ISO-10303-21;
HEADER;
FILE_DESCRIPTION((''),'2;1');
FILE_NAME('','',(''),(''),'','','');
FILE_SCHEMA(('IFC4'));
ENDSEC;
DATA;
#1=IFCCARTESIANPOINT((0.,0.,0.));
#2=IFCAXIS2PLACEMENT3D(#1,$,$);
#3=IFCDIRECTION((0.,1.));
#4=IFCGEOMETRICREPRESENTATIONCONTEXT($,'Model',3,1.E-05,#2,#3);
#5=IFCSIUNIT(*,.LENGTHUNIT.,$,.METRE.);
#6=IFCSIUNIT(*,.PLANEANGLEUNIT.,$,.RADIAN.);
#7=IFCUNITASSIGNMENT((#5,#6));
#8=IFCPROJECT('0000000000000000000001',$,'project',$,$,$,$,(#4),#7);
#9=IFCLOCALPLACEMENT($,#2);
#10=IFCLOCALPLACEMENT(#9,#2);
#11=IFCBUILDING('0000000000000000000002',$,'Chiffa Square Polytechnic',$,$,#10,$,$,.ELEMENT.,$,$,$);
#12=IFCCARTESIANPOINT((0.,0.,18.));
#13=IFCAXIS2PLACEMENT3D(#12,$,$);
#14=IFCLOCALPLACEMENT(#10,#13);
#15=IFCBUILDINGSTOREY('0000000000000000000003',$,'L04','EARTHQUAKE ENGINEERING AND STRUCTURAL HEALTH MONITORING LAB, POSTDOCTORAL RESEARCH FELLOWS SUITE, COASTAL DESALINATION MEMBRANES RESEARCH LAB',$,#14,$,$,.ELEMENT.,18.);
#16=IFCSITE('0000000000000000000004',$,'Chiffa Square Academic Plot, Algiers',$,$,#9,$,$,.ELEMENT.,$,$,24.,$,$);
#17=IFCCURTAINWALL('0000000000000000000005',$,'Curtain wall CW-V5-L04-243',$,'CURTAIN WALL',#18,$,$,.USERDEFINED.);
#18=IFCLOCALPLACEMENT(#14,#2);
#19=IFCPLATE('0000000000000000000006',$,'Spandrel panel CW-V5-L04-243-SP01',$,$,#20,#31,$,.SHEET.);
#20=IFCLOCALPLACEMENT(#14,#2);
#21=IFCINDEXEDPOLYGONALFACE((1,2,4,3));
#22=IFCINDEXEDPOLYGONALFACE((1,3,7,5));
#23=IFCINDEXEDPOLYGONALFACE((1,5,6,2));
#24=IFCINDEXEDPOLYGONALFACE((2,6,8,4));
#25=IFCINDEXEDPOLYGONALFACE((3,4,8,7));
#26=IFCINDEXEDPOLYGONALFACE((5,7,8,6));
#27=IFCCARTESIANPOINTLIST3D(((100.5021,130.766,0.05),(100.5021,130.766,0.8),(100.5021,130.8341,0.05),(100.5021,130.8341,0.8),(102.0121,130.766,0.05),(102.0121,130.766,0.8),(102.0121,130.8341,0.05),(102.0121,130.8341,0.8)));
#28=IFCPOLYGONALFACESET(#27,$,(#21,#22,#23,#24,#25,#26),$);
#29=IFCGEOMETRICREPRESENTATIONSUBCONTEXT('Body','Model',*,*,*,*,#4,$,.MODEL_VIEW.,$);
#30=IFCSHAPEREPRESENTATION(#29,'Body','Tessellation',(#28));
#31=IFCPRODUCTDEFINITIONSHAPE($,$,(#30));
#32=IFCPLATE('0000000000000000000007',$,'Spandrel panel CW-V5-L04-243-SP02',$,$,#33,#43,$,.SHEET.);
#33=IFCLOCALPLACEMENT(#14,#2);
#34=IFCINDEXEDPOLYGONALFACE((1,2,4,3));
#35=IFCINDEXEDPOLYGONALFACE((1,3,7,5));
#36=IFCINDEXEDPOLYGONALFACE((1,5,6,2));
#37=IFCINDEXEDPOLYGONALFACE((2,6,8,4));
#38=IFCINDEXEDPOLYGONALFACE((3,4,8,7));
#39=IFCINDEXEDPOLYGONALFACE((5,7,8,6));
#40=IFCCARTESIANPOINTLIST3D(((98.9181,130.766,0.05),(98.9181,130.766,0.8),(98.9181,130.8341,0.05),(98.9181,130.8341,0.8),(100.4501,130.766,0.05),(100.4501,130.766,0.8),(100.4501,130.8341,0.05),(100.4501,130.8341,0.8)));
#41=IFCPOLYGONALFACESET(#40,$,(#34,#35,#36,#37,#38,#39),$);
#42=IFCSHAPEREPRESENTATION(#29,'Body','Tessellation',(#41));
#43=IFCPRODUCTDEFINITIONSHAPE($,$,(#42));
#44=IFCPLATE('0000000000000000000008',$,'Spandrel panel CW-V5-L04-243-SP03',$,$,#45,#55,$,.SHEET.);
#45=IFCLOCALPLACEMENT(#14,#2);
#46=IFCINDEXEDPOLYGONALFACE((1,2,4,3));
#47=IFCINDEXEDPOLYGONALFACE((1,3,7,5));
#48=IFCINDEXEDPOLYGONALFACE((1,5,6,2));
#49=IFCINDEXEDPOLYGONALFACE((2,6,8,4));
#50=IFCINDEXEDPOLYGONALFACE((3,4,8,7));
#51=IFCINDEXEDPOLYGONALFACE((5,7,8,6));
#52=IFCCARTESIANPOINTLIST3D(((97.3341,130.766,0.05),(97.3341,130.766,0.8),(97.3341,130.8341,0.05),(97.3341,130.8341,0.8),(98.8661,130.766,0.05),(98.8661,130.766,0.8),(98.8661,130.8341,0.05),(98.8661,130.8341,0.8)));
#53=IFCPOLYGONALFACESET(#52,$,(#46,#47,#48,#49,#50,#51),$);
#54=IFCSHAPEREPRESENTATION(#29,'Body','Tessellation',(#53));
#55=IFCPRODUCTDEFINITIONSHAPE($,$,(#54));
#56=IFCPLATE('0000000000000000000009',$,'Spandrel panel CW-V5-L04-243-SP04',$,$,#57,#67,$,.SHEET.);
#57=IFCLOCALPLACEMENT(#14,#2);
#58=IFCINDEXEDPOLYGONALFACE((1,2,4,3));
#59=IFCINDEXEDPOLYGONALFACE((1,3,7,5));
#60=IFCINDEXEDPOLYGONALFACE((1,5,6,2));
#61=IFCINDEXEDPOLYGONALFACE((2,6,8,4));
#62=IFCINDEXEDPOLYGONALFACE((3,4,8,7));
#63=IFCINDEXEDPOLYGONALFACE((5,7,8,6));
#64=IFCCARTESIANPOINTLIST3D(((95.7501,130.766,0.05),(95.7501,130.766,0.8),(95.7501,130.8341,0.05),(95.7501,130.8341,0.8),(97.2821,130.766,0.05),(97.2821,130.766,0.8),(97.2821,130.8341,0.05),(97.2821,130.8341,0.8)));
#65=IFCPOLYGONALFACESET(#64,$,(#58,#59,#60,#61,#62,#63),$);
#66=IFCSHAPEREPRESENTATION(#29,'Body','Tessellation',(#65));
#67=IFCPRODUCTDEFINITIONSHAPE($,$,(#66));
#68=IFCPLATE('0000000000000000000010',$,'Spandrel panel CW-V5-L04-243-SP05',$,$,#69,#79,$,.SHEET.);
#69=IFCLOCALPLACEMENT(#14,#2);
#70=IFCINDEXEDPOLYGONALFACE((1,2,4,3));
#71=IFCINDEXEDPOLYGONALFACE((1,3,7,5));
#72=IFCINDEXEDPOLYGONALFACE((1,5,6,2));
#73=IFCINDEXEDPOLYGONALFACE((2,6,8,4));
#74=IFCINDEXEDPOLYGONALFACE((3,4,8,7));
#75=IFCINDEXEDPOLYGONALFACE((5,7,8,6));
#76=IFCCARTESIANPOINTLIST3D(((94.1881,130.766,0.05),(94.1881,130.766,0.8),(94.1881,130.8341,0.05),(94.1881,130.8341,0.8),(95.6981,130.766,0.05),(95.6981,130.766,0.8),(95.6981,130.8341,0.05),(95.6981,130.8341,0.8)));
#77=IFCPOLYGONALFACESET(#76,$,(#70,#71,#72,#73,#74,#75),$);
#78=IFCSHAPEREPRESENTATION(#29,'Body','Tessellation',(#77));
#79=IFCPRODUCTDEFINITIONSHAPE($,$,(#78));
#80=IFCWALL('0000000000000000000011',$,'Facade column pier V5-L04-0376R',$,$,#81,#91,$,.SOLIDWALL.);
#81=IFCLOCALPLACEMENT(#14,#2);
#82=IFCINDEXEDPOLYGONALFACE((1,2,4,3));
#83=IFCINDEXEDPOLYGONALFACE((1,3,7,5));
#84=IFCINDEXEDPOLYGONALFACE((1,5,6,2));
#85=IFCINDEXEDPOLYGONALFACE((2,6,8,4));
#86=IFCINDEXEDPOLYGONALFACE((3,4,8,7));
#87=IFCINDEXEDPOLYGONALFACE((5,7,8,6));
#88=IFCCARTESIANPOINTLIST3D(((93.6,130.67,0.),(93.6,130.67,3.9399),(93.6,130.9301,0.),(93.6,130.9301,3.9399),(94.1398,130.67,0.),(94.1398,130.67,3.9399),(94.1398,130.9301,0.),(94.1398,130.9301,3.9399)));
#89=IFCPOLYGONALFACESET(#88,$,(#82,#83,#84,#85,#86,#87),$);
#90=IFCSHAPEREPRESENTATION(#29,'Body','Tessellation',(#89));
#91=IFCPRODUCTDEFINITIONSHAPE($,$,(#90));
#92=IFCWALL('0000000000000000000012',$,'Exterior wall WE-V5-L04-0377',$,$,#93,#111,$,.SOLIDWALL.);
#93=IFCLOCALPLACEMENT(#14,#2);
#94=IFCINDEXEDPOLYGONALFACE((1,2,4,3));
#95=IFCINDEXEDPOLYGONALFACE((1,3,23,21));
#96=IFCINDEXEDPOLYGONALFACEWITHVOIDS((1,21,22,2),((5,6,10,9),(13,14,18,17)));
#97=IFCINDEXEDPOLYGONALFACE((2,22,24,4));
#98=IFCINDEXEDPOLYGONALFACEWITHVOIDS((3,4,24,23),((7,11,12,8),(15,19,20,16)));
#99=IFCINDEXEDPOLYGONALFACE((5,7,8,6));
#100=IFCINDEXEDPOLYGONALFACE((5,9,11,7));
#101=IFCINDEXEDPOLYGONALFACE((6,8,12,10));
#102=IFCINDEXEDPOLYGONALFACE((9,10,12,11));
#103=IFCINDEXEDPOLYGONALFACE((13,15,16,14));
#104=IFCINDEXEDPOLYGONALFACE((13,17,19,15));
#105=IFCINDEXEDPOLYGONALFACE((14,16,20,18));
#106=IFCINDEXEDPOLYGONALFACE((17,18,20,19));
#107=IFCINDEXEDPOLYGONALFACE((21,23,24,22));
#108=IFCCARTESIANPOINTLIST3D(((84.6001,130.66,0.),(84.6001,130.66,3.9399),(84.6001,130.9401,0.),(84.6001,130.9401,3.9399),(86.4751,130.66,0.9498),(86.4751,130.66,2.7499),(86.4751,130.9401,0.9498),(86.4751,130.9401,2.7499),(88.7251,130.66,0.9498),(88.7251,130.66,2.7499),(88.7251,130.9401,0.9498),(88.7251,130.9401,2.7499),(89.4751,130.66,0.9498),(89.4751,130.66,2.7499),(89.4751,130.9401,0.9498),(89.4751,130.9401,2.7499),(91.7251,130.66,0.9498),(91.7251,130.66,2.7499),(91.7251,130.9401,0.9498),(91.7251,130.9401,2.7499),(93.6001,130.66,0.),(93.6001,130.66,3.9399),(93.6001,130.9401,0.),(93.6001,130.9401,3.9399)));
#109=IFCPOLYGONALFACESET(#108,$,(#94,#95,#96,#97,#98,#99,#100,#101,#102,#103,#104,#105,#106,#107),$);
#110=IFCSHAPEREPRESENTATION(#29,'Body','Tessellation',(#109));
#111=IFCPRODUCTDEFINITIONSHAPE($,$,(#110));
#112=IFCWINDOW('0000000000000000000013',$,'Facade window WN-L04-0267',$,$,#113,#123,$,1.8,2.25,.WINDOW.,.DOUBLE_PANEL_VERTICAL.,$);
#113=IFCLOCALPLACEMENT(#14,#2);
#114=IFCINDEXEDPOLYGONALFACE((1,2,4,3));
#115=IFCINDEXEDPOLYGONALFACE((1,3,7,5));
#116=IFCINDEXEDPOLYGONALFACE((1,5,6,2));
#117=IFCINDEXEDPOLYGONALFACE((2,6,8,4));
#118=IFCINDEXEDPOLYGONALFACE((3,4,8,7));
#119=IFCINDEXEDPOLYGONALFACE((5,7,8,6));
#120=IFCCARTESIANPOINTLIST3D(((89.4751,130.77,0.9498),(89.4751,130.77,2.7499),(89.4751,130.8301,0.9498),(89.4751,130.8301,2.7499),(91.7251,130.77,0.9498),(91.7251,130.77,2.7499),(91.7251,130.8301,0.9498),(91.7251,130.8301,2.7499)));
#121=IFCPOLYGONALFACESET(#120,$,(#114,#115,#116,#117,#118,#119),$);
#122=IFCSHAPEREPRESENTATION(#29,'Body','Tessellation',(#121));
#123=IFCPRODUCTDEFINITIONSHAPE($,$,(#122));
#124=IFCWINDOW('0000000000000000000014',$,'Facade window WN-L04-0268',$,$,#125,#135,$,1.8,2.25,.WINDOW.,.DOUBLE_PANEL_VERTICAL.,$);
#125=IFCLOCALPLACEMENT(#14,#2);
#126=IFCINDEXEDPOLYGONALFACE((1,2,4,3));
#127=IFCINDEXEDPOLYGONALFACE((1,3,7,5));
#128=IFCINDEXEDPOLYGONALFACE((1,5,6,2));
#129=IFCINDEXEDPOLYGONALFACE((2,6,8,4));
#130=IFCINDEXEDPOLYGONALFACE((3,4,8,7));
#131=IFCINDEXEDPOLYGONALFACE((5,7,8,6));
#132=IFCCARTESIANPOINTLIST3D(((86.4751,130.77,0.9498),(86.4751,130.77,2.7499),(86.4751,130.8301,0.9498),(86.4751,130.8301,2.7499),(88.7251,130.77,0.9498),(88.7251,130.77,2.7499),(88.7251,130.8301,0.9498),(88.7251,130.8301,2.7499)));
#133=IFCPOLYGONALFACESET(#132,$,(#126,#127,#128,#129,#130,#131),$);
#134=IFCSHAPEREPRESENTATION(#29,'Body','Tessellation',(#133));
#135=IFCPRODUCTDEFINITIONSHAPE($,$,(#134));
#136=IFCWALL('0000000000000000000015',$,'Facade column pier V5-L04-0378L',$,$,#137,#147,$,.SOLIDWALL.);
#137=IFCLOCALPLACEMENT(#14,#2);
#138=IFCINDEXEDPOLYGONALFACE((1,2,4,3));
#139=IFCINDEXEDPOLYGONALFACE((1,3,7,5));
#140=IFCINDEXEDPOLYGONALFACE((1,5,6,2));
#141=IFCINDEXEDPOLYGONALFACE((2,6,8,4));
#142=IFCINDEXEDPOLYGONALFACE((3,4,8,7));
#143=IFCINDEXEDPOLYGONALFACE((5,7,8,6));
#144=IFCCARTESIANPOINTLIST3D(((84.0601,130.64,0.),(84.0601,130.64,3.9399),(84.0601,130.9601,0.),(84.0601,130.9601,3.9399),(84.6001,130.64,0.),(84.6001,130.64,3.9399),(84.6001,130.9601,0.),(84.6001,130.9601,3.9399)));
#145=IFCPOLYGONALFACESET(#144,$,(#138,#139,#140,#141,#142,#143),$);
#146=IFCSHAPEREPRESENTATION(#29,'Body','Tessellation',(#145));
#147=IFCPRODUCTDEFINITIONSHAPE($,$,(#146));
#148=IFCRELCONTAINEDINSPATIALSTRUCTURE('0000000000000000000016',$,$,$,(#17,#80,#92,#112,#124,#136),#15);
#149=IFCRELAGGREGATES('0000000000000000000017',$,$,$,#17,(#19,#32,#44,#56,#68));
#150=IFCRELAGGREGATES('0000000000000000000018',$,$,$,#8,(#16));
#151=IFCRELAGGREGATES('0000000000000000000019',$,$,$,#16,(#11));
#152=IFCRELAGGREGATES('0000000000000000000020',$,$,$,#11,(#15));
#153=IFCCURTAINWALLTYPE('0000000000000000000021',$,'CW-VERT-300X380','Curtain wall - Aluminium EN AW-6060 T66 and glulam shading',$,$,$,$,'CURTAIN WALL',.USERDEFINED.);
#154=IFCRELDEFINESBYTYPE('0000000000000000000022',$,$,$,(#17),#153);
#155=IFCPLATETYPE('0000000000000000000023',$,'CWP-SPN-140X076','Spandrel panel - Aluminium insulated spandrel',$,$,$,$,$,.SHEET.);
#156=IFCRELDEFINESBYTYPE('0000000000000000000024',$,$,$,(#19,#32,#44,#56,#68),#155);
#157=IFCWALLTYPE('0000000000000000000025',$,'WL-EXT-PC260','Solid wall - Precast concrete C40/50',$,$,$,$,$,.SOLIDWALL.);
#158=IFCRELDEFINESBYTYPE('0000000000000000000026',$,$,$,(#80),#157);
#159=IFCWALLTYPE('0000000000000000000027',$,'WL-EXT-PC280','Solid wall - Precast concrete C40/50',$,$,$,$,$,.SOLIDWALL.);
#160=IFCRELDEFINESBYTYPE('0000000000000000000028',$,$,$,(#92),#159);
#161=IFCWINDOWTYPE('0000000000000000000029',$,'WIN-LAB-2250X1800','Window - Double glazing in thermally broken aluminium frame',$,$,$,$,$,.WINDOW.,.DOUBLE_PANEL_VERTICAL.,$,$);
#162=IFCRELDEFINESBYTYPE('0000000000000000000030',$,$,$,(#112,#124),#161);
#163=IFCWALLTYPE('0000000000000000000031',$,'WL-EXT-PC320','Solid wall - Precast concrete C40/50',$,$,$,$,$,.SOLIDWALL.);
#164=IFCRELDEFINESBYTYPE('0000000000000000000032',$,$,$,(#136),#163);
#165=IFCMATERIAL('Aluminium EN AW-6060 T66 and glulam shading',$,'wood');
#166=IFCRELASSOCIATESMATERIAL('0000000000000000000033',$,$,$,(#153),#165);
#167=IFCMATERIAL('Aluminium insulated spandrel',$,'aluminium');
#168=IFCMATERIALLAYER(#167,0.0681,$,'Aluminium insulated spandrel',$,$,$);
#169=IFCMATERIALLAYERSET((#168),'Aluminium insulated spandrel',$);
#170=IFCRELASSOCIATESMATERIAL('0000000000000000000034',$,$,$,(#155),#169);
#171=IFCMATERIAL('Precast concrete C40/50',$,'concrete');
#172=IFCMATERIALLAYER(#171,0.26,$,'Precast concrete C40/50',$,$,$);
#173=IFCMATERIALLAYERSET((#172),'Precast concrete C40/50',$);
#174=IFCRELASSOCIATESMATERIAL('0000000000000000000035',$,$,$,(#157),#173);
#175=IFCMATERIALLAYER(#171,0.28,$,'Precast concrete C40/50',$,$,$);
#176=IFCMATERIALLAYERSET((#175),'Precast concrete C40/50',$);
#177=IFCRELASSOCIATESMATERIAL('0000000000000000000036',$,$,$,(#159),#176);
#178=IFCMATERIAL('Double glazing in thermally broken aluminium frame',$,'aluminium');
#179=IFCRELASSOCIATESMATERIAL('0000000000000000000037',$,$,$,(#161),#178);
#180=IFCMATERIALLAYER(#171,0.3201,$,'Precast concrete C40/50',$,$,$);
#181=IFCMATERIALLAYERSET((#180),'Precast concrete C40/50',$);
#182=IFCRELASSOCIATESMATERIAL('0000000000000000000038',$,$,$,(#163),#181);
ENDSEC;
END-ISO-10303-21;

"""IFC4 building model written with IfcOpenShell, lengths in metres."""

from ifc_helpers import new_model, si_unit, direction, frame, frame_2d, origin, origin_2d, place, context, subcontext, project, spatial, rectangle, extrude, material, layer, layer_set, type_object, element, fill, aggregate, save


model = new_model("IFC4")

# Units and contexts
model_context = context("Model", 3, precision=1e-05, world=origin(), true_north=direction((0.0, 1.0)))
body_context = subcontext(model_context, "Body", "Model", "MODEL_VIEW")
ifc_project = project(units=[si_unit("LENGTHUNIT", "METRE"), si_unit("PLANEANGLEUNIT", "RADIAN")], contexts=[model_context])

# Site, building, storey
site_placement = place(None, origin())
site = spatial("IfcSite", under=ifc_project, at=site_placement, Name="Chiffa Square Academic Plot, Algiers", CompositionType="ELEMENT", RefElevation=24.0)
building_placement = place(site_placement, origin())
building = spatial("IfcBuilding", under=site, at=building_placement, Name="Chiffa Square Polytechnic", CompositionType="ELEMENT")
storey_placement = place(building_placement, frame((0.0, 0.0, 18.0)))
storey = spatial("IfcBuildingStorey", under=building, at=storey_placement, Name="L04", Description="EARTHQUAKE ENGINEERING AND STRUCTURAL HEALTH MONITORING LAB, POSTDOCTORAL RESEARCH FELLOWS SUITE, COASTAL DESALINATION MEMBRANES RESEARCH LAB", CompositionType="ELEMENT", Elevation=18.0)

# Curtain wall
ifc_material_1 = material(Name="Aluminium EN AW-6060 T66 and glulam shading", Category="wood")
curtain_wall_type = type_object("IfcCurtainWallType", Name="CW-VERT-300X380", Description="Curtain wall - Aluminium EN AW-6060 T66 and glulam shading", ElementType="CURTAIN WALL", PredefinedType="USERDEFINED", material=ifc_material_1)
curtain_wall_placement = place(storey_placement, origin())
curtain_wall = element("IfcCurtainWall", 1, at=curtain_wall_placement, inside=storey, type_object=curtain_wall_type, Name="Curtain wall CW-V5-L04-243", ObjectType="CURTAIN WALL", PredefinedType="USERDEFINED")

# Plates
ifc_material_2 = material(Name="Aluminium insulated spandrel", Category="aluminium")
ifc_layer_1 = layer(ifc_material_2, 0.0681, Name="Aluminium insulated spandrel")
ifc_layer_set_1 = layer_set([ifc_layer_1], Name="Aluminium insulated spandrel")
plate_type_1 = type_object("IfcPlateType", Name="CWP-SPN-140X076", Description="Spandrel panel - Aluminium insulated spandrel", PredefinedType="SHEET", material=ifc_layer_set_1)
plate_1_placement = place(storey_placement, frame((101.2571, 130.8, 0.05), z_axis=(0.0, 0.0, 1.0), x_axis=(-1.0, 0.0, 0.0)))
plate_1 = element("IfcPlate", 2, at=plate_1_placement, type_object=plate_type_1, Name="Spandrel panel CW-V5-L04-243-SP01", PredefinedType="SHEET", context=body_context, shape_type="SweptSolid", body=[
    extrude(rectangle(XDim=1.51, YDim=0.0681, at=origin_2d()), origin(), (0.0, 0.0, 1.0), 0.75),
])
plate_2_placement = place(storey_placement, frame((99.6841, 130.8, 0.05), z_axis=(0.0, 0.0, 1.0), x_axis=(-1.0, 0.0, 0.0)))
plate_2 = element("IfcPlate", 3, at=plate_2_placement, type_object=plate_type_1, Name="Spandrel panel CW-V5-L04-243-SP02", PredefinedType="SHEET", context=body_context, shape_type="SweptSolid", body=[
    extrude(rectangle(XDim=1.532, YDim=0.0681, at=origin_2d()), origin(), (0.0, 0.0, 1.0), 0.75),
])
plate_3_placement = place(storey_placement, frame((98.1001, 130.8, 0.05), z_axis=(0.0, 0.0, 1.0), x_axis=(-1.0, 0.0, 0.0)))
plate_3 = element("IfcPlate", 4, at=plate_3_placement, type_object=plate_type_1, Name="Spandrel panel CW-V5-L04-243-SP03", PredefinedType="SHEET", context=body_context, shape_type="SweptSolid", body=[
    extrude(rectangle(XDim=1.532, YDim=0.0681, at=origin_2d()), origin(), (0.0, 0.0, 1.0), 0.75),
])
plate_4_placement = place(storey_placement, frame((96.5161, 130.8, 0.05), z_axis=(0.0, 0.0, 1.0), x_axis=(-1.0, 0.0, 0.0)))
plate_4 = element("IfcPlate", 5, at=plate_4_placement, type_object=plate_type_1, Name="Spandrel panel CW-V5-L04-243-SP04", PredefinedType="SHEET", context=body_context, shape_type="SweptSolid", body=[
    extrude(rectangle(XDim=1.532, YDim=0.0681, at=origin_2d()), origin(), (0.0, 0.0, 1.0), 0.75),
])
plate_5_placement = place(storey_placement, frame((94.9431, 130.8, 0.05), z_axis=(0.0, 0.0, 1.0), x_axis=(-1.0, 0.0, 0.0)))
plate_5 = element("IfcPlate", 6, at=plate_5_placement, type_object=plate_type_1, Name="Spandrel panel CW-V5-L04-243-SP05", PredefinedType="SHEET", context=body_context, shape_type="SweptSolid", body=[
    extrude(rectangle(XDim=1.51, YDim=0.0681, at=origin_2d()), origin(), (0.0, 0.0, 1.0), 0.75),
])
aggregate(curtain_wall, [plate_1, plate_2, plate_3, plate_4, plate_5])

# Wall
ifc_material_3 = material(Name="Precast concrete C40/50", Category="concrete")
ifc_layer_2 = layer(ifc_material_3, 0.26, Name="Precast concrete C40/50")
ifc_layer_set_2 = layer_set([ifc_layer_2], Name="Precast concrete C40/50")
wall_type_1 = type_object("IfcWallType", Name="WL-EXT-PC260", Description="Solid wall - Precast concrete C40/50", PredefinedType="SOLIDWALL", material=ifc_layer_set_2)
wall_1_placement = place(storey_placement, frame((94.1399, 130.8, 0.0), z_axis=(0.0, 0.0, 1.0), x_axis=(-1.0, 0.0, 0.0)))
element("IfcWall", 7, at=wall_1_placement, inside=storey, type_object=wall_type_1, Name="Facade column pier V5-L04-0376R", PredefinedType="SOLIDWALL", context=body_context, shape_type="SweptSolid", body=[
    extrude(rectangle(XDim=0.5398, YDim=0.26, at=frame_2d((0.27, 0.0))), origin(), (0.0, 0.0, 1.0), 3.9399),
])

# Wall, openings, windows
ifc_layer_3 = layer(ifc_material_3, 0.28, Name="Precast concrete C40/50")
ifc_layer_set_3 = layer_set([ifc_layer_3], Name="Precast concrete C40/50")
wall_type_2 = type_object("IfcWallType", Name="WL-EXT-PC280", Description="Solid wall - Precast concrete C40/50", PredefinedType="SOLIDWALL", material=ifc_layer_set_3)
wall_2_placement = place(storey_placement, frame((93.6001, 130.8, 0.0), z_axis=(0.0, 0.0, 1.0), x_axis=(-1.0, 0.0, 0.0)))
wall_2 = element("IfcWall", 8, at=wall_2_placement, inside=storey, type_object=wall_type_2, Name="Exterior wall WE-V5-L04-0377", PredefinedType="SOLIDWALL", context=body_context, shape_type="SweptSolid", body=[
    extrude(rectangle(XDim=9.0, YDim=0.28, at=frame_2d((4.5, 0.0))), origin(), (0.0, 0.0, 1.0), 3.9399),
])
opening_1_placement = place(wall_2_placement, frame((1.875, 0.0, 0.95)))
opening_1 = element("IfcOpeningElement", 9, at=opening_1_placement, cuts=wall_2, PredefinedType="OPENING", context=body_context, shape_type="SweptSolid", body=[
    extrude(rectangle(XDim=2.25, YDim=1.8, at=frame_2d((1.125, 0.8999))), frame((0.0, 0.1499, 0.0), z_axis=(0.0, -1.0, 0.0), x_axis=(1.0, 0.0, 0.0)), (0.0, 0.0, 1.0), 0.3),
])
opening_2_placement = place(wall_2_placement, frame((4.875, 0.0, 0.95)))
opening_2 = element("IfcOpeningElement", 10, at=opening_2_placement, cuts=wall_2, PredefinedType="OPENING", context=body_context, shape_type="SweptSolid", body=[
    extrude(rectangle(XDim=2.25, YDim=1.8, at=frame_2d((1.125, 0.8999))), frame((0.0, 0.1499, 0.0), z_axis=(0.0, -1.0, 0.0), x_axis=(1.0, 0.0, 0.0)), (0.0, 0.0, 1.0), 0.3),
])
ifc_material_4 = material(Name="Double glazing in thermally broken aluminium frame", Category="aluminium")
window_type = type_object("IfcWindowType", Name="WIN-LAB-2250X1800", Description="Window - Double glazing in thermally broken aluminium frame", PartitioningType="DOUBLE_PANEL_VERTICAL", PredefinedType="WINDOW", material=ifc_material_4)
window_1_placement = place(opening_1_placement, origin())
window_1 = element("IfcWindow", 11, at=window_1_placement, inside=storey, type_object=window_type, Name="Facade window WN-L04-0267", OverallHeight=1.8, OverallWidth=2.25, PartitioningType="DOUBLE_PANEL_VERTICAL", PredefinedType="WINDOW", context=body_context, shape_type="SweptSolid", body=[
    extrude(rectangle(XDim=2.25, YDim=1.8, at=frame_2d((1.125, 0.8999))), frame((0.0, 0.03, 0.0), z_axis=(0.0, -1.0, 0.0), x_axis=(1.0, 0.0, 0.0)), (0.0, 0.0, 1.0), 0.0601),
])
fill(opening_1, window_1)
window_2_placement = place(opening_2_placement, origin())
window_2 = element("IfcWindow", 12, at=window_2_placement, inside=storey, type_object=window_type, Name="Facade window WN-L04-0268", OverallHeight=1.8, OverallWidth=2.25, PartitioningType="DOUBLE_PANEL_VERTICAL", PredefinedType="WINDOW", context=body_context, shape_type="SweptSolid", body=[
    extrude(rectangle(XDim=2.25, YDim=1.8, at=frame_2d((1.125, 0.8999))), frame((0.0, 0.03, 0.0), z_axis=(0.0, -1.0, 0.0), x_axis=(1.0, 0.0, 0.0)), (0.0, 0.0, 1.0), 0.0601),
])
fill(opening_2, window_2)

# Wall
ifc_layer_4 = layer(ifc_material_3, 0.3201, Name="Precast concrete C40/50")
ifc_layer_set_4 = layer_set([ifc_layer_4], Name="Precast concrete C40/50")
wall_type_3 = type_object("IfcWallType", Name="WL-EXT-PC320", Description="Solid wall - Precast concrete C40/50", PredefinedType="SOLIDWALL", material=ifc_layer_set_4)
wall_3_placement = place(storey_placement, frame((84.6001, 130.8, 0.0), z_axis=(0.0, 0.0, 1.0), x_axis=(-1.0, 0.0, 0.0)))
element("IfcWall", 13, at=wall_3_placement, inside=storey, type_object=wall_type_3, Name="Facade column pier V5-L04-0378L", PredefinedType="SOLIDWALL", context=body_context, shape_type="SweptSolid", body=[
    extrude(rectangle(XDim=0.54, YDim=0.3201, at=frame_2d((0.27, 0.0))), origin(), (0.0, 0.0, 1.0), 3.9399),
])

save(model, "model.ifc")
